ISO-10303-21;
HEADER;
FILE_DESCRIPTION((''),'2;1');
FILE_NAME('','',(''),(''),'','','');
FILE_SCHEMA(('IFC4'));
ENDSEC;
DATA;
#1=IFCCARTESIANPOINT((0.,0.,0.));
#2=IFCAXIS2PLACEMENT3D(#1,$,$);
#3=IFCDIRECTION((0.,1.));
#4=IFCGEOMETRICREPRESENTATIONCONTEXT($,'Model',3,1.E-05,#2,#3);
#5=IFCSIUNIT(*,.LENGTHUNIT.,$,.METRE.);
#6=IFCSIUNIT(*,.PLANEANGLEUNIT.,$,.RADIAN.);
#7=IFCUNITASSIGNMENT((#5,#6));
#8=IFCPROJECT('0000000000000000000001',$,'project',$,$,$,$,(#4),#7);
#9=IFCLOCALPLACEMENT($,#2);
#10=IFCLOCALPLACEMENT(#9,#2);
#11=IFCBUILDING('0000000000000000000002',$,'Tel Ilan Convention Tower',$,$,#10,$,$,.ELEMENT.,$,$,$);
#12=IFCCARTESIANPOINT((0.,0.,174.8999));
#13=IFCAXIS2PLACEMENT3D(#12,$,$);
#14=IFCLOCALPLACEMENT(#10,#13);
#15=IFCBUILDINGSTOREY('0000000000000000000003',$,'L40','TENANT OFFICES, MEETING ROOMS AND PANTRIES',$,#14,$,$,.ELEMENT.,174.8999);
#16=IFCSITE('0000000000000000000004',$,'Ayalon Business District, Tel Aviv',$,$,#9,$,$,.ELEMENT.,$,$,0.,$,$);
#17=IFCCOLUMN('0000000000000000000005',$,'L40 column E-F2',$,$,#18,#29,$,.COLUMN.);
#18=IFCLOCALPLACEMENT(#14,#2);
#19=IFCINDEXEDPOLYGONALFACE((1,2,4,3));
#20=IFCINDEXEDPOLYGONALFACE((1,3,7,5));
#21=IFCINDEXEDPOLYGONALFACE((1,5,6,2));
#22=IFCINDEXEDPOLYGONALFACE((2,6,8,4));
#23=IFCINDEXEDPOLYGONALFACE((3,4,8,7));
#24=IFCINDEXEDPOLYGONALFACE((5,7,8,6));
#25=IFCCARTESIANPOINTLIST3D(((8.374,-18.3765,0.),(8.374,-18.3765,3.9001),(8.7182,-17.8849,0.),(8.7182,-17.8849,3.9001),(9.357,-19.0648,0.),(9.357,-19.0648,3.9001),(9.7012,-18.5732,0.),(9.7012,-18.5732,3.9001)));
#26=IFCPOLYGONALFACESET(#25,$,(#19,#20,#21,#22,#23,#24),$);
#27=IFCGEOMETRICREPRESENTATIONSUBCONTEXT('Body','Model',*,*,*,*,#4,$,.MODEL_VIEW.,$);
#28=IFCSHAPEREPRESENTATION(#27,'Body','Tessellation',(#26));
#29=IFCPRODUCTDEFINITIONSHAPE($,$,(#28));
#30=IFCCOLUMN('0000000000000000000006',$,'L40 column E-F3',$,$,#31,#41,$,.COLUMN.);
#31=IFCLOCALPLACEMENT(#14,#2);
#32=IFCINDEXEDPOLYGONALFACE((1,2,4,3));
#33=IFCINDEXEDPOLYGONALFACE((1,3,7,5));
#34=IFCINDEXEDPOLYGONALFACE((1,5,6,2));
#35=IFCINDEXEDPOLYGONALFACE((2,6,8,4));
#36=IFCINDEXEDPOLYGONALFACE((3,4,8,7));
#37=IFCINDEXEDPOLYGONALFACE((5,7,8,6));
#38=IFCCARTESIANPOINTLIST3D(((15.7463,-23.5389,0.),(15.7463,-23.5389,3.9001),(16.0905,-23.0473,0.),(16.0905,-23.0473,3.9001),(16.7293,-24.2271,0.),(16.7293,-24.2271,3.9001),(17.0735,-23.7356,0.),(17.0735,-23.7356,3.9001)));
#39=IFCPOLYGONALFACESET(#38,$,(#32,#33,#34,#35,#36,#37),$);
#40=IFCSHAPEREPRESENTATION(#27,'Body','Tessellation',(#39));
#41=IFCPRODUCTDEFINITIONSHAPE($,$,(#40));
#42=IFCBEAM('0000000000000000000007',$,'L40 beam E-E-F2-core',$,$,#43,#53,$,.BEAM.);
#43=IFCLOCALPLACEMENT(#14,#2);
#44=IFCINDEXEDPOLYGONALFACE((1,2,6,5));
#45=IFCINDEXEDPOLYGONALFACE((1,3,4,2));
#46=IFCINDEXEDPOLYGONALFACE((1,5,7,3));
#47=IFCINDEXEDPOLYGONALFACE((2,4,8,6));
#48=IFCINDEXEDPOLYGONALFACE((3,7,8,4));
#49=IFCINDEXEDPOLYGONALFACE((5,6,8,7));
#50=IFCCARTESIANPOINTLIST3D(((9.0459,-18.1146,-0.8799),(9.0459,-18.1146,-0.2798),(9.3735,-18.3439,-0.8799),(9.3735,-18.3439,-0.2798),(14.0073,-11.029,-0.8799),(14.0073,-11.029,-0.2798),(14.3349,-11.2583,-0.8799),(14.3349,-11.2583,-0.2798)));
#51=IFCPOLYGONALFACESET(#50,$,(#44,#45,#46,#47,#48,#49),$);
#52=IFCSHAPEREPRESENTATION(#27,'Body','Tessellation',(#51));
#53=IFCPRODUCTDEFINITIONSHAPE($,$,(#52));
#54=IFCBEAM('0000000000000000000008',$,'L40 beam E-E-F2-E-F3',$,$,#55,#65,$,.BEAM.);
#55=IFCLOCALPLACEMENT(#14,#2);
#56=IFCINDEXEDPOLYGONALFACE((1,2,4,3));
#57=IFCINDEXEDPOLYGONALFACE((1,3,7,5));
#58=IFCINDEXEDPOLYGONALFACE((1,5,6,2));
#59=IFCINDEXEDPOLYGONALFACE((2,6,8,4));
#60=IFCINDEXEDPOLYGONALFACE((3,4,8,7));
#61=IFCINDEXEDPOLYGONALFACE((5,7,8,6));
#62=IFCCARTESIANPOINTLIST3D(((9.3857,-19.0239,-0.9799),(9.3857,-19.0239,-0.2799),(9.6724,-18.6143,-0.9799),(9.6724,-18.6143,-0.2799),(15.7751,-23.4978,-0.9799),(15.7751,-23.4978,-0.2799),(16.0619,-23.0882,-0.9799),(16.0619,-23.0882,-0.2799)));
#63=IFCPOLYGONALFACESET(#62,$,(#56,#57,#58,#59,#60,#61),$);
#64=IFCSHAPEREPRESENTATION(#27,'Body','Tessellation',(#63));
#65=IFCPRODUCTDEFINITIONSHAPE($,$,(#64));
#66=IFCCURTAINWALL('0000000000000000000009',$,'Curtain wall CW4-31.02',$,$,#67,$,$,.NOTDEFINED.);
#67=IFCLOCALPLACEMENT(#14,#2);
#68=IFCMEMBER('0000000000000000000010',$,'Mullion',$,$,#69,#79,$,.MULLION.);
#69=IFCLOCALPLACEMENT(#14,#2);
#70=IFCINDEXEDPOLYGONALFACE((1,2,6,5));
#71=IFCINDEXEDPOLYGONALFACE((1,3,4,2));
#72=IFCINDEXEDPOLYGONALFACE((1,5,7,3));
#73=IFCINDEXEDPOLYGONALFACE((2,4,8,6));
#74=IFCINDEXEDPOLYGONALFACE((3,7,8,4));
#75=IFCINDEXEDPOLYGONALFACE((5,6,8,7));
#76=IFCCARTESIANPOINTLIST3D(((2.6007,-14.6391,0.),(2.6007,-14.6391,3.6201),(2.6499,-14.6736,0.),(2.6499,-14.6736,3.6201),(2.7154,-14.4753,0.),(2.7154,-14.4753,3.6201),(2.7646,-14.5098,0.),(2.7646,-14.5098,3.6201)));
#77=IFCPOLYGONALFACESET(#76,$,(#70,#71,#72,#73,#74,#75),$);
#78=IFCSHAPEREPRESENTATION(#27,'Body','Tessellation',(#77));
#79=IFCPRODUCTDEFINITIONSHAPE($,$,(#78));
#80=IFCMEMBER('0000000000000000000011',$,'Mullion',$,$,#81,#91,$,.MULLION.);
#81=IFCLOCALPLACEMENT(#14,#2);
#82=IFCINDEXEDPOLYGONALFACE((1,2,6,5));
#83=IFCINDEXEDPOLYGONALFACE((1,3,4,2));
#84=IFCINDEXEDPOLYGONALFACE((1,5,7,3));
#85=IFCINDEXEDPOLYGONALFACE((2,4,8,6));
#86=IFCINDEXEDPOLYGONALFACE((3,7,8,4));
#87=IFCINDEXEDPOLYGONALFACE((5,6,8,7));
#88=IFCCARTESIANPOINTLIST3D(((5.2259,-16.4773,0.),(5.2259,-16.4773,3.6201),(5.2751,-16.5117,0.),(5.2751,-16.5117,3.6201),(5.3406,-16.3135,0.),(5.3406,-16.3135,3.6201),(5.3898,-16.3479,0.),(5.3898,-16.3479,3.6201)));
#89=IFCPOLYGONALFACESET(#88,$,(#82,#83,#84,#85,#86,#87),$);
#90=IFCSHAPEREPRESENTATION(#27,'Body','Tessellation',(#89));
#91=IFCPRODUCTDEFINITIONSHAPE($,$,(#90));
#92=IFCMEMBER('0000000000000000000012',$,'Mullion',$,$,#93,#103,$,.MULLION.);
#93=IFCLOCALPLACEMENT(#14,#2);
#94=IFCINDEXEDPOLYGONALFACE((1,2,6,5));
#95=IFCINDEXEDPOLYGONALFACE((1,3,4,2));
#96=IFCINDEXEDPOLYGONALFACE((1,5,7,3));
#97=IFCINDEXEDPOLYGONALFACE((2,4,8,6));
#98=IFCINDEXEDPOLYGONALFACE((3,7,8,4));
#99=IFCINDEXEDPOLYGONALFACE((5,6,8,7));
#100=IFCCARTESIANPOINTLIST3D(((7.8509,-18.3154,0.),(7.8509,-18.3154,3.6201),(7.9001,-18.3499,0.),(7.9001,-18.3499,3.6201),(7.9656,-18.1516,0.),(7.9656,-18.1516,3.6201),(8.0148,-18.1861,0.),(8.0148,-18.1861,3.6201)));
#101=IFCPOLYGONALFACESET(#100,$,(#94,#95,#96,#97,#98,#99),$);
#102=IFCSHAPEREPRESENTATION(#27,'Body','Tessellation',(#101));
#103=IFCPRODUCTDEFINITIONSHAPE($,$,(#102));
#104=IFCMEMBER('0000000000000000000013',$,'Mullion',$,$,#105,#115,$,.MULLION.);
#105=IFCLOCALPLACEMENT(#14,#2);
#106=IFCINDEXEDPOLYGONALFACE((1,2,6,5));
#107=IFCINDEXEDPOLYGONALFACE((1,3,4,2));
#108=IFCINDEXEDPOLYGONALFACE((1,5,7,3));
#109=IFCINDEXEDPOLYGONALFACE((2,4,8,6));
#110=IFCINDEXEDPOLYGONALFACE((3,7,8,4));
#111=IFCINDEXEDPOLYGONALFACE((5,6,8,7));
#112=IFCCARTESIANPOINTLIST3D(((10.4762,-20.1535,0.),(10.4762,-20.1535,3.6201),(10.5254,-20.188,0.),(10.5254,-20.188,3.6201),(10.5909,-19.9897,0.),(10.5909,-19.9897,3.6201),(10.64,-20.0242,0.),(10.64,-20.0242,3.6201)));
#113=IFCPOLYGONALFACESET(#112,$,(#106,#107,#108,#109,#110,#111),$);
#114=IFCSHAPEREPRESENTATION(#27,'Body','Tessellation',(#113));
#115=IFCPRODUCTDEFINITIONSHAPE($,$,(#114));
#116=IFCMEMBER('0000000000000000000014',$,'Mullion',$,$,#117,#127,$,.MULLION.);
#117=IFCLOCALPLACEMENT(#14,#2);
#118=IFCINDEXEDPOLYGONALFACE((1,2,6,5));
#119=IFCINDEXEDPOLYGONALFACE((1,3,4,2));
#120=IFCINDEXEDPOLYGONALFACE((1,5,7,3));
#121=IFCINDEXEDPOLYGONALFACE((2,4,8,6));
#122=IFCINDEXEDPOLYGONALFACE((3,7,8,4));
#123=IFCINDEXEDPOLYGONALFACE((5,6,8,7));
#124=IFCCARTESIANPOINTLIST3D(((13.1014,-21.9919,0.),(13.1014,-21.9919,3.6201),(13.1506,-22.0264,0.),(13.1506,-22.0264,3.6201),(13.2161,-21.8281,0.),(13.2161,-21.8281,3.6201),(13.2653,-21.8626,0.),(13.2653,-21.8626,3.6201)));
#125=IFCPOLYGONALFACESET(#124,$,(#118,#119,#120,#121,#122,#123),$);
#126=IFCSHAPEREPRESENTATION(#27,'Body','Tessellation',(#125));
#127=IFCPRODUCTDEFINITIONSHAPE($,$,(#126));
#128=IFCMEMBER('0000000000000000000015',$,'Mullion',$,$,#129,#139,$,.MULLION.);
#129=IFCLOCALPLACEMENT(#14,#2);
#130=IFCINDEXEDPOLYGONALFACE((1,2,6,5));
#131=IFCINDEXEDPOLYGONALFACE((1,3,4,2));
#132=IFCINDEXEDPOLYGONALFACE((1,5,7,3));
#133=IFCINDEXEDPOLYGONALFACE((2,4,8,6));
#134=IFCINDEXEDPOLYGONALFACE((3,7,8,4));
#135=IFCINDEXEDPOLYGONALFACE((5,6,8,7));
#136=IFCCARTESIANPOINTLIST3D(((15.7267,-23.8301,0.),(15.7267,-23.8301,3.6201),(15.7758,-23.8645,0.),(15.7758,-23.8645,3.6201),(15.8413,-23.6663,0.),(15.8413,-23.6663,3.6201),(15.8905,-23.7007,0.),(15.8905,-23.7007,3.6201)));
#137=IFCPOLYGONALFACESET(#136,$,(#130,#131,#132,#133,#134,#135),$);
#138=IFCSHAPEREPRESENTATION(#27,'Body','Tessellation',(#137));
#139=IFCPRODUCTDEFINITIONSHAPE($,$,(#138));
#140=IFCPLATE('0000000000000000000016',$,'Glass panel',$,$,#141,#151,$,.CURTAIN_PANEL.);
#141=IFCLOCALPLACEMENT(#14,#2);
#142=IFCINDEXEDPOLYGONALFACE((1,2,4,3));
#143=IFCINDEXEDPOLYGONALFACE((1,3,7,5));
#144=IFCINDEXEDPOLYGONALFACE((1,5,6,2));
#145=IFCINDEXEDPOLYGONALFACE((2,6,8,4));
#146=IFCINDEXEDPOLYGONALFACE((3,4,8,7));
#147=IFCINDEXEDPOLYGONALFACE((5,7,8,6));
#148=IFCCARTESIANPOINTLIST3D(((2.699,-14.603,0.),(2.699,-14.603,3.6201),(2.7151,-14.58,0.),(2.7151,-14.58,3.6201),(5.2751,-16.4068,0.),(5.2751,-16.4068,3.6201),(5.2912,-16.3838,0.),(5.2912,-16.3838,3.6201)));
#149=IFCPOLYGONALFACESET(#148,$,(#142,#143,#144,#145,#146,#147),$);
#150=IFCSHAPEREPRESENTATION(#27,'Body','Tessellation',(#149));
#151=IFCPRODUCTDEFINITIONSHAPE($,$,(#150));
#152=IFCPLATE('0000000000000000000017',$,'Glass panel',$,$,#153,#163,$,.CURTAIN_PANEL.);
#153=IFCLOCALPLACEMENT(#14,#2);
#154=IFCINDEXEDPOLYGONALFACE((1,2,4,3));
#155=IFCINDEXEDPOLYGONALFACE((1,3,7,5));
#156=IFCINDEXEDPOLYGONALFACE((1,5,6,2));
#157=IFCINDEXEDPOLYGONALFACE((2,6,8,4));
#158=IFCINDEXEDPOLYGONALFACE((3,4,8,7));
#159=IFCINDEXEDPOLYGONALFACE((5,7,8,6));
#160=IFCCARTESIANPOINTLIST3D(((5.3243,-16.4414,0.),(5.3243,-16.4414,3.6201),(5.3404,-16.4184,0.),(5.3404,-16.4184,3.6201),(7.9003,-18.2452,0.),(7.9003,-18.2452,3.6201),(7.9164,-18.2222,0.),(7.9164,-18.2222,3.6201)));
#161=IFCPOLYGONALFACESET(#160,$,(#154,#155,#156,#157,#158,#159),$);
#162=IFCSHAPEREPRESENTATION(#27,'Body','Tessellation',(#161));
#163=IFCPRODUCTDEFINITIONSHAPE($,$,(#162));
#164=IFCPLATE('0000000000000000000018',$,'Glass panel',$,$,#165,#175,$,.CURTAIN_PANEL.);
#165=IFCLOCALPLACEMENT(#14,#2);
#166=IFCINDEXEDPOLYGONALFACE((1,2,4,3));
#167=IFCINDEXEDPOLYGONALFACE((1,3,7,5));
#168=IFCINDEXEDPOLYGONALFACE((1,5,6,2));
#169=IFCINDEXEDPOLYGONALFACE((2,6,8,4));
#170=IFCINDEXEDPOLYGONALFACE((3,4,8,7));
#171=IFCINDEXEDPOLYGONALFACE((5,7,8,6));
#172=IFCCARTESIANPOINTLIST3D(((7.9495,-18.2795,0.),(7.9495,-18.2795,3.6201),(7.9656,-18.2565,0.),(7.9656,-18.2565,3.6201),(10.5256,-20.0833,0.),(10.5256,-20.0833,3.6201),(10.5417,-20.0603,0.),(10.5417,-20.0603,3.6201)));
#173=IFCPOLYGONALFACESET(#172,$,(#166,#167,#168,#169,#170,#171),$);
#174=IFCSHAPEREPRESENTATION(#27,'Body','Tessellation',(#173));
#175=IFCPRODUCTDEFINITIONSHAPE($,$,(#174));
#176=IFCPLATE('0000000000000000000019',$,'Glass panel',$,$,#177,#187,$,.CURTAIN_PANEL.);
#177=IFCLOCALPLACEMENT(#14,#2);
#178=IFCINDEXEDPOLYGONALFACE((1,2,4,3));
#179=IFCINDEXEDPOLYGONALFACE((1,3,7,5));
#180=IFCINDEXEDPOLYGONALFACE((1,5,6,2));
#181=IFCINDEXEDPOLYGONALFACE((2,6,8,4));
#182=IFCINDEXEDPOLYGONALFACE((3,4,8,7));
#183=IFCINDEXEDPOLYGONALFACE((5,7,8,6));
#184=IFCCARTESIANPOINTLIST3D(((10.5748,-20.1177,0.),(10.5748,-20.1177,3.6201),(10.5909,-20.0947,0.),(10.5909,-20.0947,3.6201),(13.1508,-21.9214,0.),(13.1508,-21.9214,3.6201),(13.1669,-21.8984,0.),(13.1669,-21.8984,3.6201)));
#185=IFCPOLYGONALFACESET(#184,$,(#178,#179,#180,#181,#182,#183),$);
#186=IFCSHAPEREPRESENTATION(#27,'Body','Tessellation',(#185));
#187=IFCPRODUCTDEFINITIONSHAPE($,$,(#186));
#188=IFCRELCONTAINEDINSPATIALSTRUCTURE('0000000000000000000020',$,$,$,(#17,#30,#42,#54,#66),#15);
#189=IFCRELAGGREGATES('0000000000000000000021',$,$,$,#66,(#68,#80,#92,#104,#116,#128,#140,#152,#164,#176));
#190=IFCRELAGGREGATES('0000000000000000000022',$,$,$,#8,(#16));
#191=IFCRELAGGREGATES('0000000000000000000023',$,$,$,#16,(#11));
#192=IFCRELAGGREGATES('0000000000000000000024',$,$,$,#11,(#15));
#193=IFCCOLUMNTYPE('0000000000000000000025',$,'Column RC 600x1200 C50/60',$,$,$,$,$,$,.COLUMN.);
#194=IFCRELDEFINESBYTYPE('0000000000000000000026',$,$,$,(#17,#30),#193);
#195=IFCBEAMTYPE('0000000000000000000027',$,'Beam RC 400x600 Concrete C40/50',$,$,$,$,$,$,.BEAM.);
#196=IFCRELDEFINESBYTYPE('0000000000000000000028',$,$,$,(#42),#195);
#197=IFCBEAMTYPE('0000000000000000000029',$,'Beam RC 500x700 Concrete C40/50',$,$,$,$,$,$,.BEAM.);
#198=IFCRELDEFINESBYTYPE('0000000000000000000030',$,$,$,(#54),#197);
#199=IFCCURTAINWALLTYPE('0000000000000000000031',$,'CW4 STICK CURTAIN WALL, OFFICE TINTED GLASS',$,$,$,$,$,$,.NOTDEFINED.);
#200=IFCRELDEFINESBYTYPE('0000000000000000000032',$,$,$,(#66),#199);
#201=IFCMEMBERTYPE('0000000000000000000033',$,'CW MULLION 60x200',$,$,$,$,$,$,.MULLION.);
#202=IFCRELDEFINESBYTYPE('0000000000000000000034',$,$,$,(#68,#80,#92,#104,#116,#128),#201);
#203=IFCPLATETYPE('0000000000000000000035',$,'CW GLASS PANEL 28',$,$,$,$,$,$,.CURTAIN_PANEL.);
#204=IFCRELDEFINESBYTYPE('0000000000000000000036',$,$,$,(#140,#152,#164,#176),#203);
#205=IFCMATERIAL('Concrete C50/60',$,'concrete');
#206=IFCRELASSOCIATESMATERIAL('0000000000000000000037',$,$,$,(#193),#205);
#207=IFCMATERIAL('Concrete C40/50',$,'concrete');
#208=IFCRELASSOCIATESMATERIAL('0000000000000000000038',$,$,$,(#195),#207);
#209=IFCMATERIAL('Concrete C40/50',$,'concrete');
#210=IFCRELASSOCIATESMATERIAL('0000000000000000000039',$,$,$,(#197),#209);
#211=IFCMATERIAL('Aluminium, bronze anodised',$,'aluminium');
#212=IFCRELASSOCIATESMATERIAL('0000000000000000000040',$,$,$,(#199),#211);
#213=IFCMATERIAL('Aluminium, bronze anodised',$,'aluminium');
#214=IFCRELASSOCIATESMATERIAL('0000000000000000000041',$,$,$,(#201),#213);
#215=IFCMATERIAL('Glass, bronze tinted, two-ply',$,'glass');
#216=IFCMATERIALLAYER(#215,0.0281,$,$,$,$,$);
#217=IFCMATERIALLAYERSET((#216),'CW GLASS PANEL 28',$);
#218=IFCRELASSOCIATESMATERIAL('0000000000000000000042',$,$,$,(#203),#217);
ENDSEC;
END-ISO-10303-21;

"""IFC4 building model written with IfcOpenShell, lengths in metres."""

from ifc_helpers import new_model, si_unit, direction, frame, origin, origin_2d, place, context, subcontext, project, spatial, rectangle, extrude, material, layer, layer_set, material_profile, profile_set, type_object, element, aggregate, save


model = new_model("IFC4")

# Units and contexts
model_context = context("Model", 3, precision=1e-05, world=origin(), true_north=direction((0.0, 1.0)))
body_context = subcontext(model_context, "Body", "Model", "MODEL_VIEW")
ifc_project = project(units=[si_unit("LENGTHUNIT", "METRE"), si_unit("PLANEANGLEUNIT", "RADIAN")], contexts=[model_context])

# Site, building, storey
site_placement = place(None, origin())
site = spatial("IfcSite", under=ifc_project, at=site_placement, Name="Ayalon Business District, Tel Aviv", CompositionType="ELEMENT", RefElevation=0.0)
building_placement = place(site_placement, origin())
building = spatial("IfcBuilding", under=site, at=building_placement, Name="Tel Ilan Convention Tower", CompositionType="ELEMENT")
storey_placement = place(building_placement, frame((0.0, 0.0, 174.8999)))
storey = spatial("IfcBuildingStorey", under=building, at=storey_placement, Name="L40", Description="TENANT OFFICES, MEETING ROOMS AND PANTRIES", CompositionType="ELEMENT", Elevation=174.8999)

# Columns
ifc_material_1 = material(Name="Concrete C50/60", Category="concrete")
ifc_material_profile_1 = material_profile(ifc_material_1, rectangle(XDim=1.2, YDim=0.6001, at=origin_2d()), Name="RC 600x1200")
ifc_profile_set_1 = profile_set([ifc_material_profile_1], Name="Concrete C50/60")
column_type = type_object("IfcColumnType", Name="Column RC 600x1200 C50/60", PredefinedType="COLUMN", material=ifc_profile_set_1)
for number, where, z_axis, x_axis, name in (
    (1, (9.0376, -18.4749, 0.0), (0.0, 0.0, 1.0), (0.819152, -0.573576, 0.0), "L40 column E-F2"),
    (2, (16.4099, -23.6372, 0.0), (0.0, 0.0, 1.0), (0.819152, -0.573576, 0.0), "L40 column E-F3"),
):
    element("IfcColumn", number, at=place(storey_placement, frame(where, z_axis=z_axis, x_axis=x_axis)), inside=storey, type_object=column_type, Name=name, PredefinedType="COLUMN", context=body_context, shape_type="SweptSolid", body=[
        extrude(rectangle(XDim=1.2, YDim=0.6001, at=origin_2d()), origin(), (0.0, 0.0, 1.0), 3.9001),
    ])

# Beams
ifc_material_2 = material(Name="Concrete C40/50", Category="concrete")
ifc_material_profile_2 = material_profile(ifc_material_2, rectangle(XDim=0.3999, YDim=0.6001, at=origin_2d()), Name="RC 400x600")
ifc_profile_set_2 = profile_set([ifc_material_profile_2], Name="Concrete C40/50")
beam_type_1 = type_object("IfcBeamType", Name="Beam RC 400x600 Concrete C40/50", PredefinedType="BEAM", material=ifc_profile_set_2)
beam_1_placement = place(storey_placement, frame((9.2097, -18.2292, -0.5798), z_axis=(0.573574, 0.819154, 0.0), x_axis=(-0.819154, 0.573574, 0.0)))
element("IfcBeam", 3, at=beam_1_placement, inside=storey, type_object=beam_type_1, Name="L40 beam E-E-F2-core", PredefinedType="BEAM", context=body_context, shape_type="SweptSolid", body=[
    extrude(rectangle(XDim=0.3999, YDim=0.6001, at=origin_2d()), origin(), (0.0, 0.0, 1.0), 8.6499),
])
ifc_material_3 = material(Name="Concrete C40/50", Category="concrete")
ifc_material_profile_3 = material_profile(ifc_material_3, rectangle(XDim=0.5, YDim=0.7, at=origin_2d()), Name="RC 500x700")
ifc_profile_set_3 = profile_set([ifc_material_profile_3], Name="Concrete C40/50")
beam_type_2 = type_object("IfcBeamType", Name="Beam RC 500x700 Concrete C40/50", PredefinedType="BEAM", material=ifc_profile_set_3)
beam_2_placement = place(storey_placement, frame((9.5291, -18.8191, -0.6299), z_axis=(0.819154, -0.573574, 0.0), x_axis=(0.573574, 0.819154, 0.0)))
element("IfcBeam", 4, at=beam_2_placement, inside=storey, type_object=beam_type_2, Name="L40 beam E-E-F2-E-F3", PredefinedType="BEAM", context=body_context, shape_type="SweptSolid", body=[
    extrude(rectangle(XDim=0.5, YDim=0.7, at=origin_2d()), origin(), (0.0, 0.0, 1.0), 7.8),
])

# Curtain wall, members, plates
ifc_material_4 = material(Name="Aluminium, bronze anodised", Category="aluminium")
curtain_wall_type = type_object("IfcCurtainWallType", Name="CW4 STICK CURTAIN WALL, OFFICE TINTED GLASS", PredefinedType="NOTDEFINED", material=ifc_material_4)
curtain_wall_placement = place(storey_placement, origin())
curtain_wall = element("IfcCurtainWall", 5, at=curtain_wall_placement, inside=storey, type_object=curtain_wall_type, Name="Curtain wall CW4-31.02", PredefinedType="NOTDEFINED")
ifc_material_5 = material(Name="Aluminium, bronze anodised", Category="aluminium")
ifc_material_profile_4 = material_profile(ifc_material_5, rectangle(XDim=0.0601, YDim=0.2, at=origin_2d()), Name="CW MULLION 60x200")
ifc_profile_set_4 = profile_set([ifc_material_profile_4], Name="Aluminium, bronze anodised")
member_type = type_object("IfcMemberType", Name="CW MULLION 60x200", PredefinedType="MULLION", material=ifc_profile_set_4)
member_1_placement = place(storey_placement, frame((2.6826, -14.5745, 0.0), z_axis=(0.0, 0.0, 1.0), x_axis=(0.819152, -0.573576, 0.0)))
member_1 = element("IfcMember", 6, at=member_1_placement, type_object=member_type, Name="Mullion", PredefinedType="MULLION", context=body_context, shape_type="SweptSolid", body=[
    extrude(rectangle(XDim=0.0601, YDim=0.2, at=origin_2d()), origin(), (0.0, 0.0, 1.0), 3.6201),
])
member_2_placement = place(storey_placement, frame((5.3079, -16.4126, 0.0), z_axis=(0.0, 0.0, 1.0), x_axis=(0.819152, -0.573576, 0.0)))
member_2 = element("IfcMember", 7, at=member_2_placement, type_object=member_type, Name="Mullion", PredefinedType="MULLION", context=body_context, shape_type="SweptSolid", body=[
    extrude(rectangle(XDim=0.0601, YDim=0.2, at=origin_2d()), origin(), (0.0, 0.0, 1.0), 3.6201),
])
member_3_placement = place(storey_placement, frame((7.9329, -18.2507, 0.0), z_axis=(0.0, 0.0, 1.0), x_axis=(0.819152, -0.573576, 0.0)))
member_3 = element("IfcMember", 8, at=member_3_placement, type_object=member_type, Name="Mullion", PredefinedType="MULLION", context=body_context, shape_type="SweptSolid", body=[
    extrude(rectangle(XDim=0.0601, YDim=0.2, at=origin_2d()), origin(), (0.0, 0.0, 1.0), 3.6201),
])
member_4_placement = place(storey_placement, frame((10.5581, -20.0889, 0.0), z_axis=(0.0, 0.0, 1.0), x_axis=(0.819152, -0.573576, 0.0)))
member_4 = element("IfcMember", 9, at=member_4_placement, type_object=member_type, Name="Mullion", PredefinedType="MULLION", context=body_context, shape_type="SweptSolid", body=[
    extrude(rectangle(XDim=0.0601, YDim=0.2, at=origin_2d()), origin(), (0.0, 0.0, 1.0), 3.6201),
])
member_5_placement = place(storey_placement, frame((13.1833, -21.9272, 0.0), z_axis=(0.0, 0.0, 1.0), x_axis=(0.819152, -0.573576, 0.0)))
member_5 = element("IfcMember", 10, at=member_5_placement, type_object=member_type, Name="Mullion", PredefinedType="MULLION", context=body_context, shape_type="SweptSolid", body=[
    extrude(rectangle(XDim=0.0601, YDim=0.2, at=origin_2d()), origin(), (0.0, 0.0, 1.0), 3.6201),
])
member_6_placement = place(storey_placement, frame((15.8086, -23.7654, 0.0), z_axis=(0.0, 0.0, 1.0), x_axis=(0.819152, -0.573576, 0.0)))
member_6 = element("IfcMember", 11, at=member_6_placement, type_object=member_type, Name="Mullion", PredefinedType="MULLION", context=body_context, shape_type="SweptSolid", body=[
    extrude(rectangle(XDim=0.0601, YDim=0.2, at=origin_2d()), origin(), (0.0, 0.0, 1.0), 3.6201),
])
ifc_material_6 = material(Name="Glass, bronze tinted, two-ply", Category="glass")
ifc_layer_1 = layer(ifc_material_6, 0.0281)
ifc_layer_set_1 = layer_set([ifc_layer_1], Name="CW GLASS PANEL 28")
plate_type = type_object("IfcPlateType", Name="CW GLASS PANEL 28", PredefinedType="CURTAIN_PANEL", material=ifc_layer_set_1)
plate_1_placement = place(storey_placement, frame((3.9951, -15.4934, 0.0), z_axis=(0.0, 0.0, 1.0), x_axis=(0.819152, -0.573576, 0.0)))
plate_1 = element("IfcPlate", 12, at=plate_1_placement, type_object=plate_type, Name="Glass panel", PredefinedType="CURTAIN_PANEL", context=body_context, shape_type="SweptSolid", body=[
    extrude(rectangle(XDim=3.1448, YDim=0.0281, at=origin_2d()), origin(), (0.0, 0.0, 1.0), 3.6201),
])
plate_2_placement = place(storey_placement, frame((6.6204, -17.3318, 0.0), z_axis=(0.0, 0.0, 1.0), x_axis=(0.819152, -0.573576, 0.0)))
plate_2 = element("IfcPlate", 13, at=plate_2_placement, type_object=plate_type, Name="Glass panel", PredefinedType="CURTAIN_PANEL", context=body_context, shape_type="SweptSolid", body=[
    extrude(rectangle(XDim=3.1448, YDim=0.0281, at=origin_2d()), origin(), (0.0, 0.0, 1.0), 3.6201),
])
plate_3_placement = place(storey_placement, frame((9.2456, -19.1699, 0.0), z_axis=(0.0, 0.0, 1.0), x_axis=(0.819152, -0.573576, 0.0)))
plate_3 = element("IfcPlate", 14, at=plate_3_placement, type_object=plate_type, Name="Glass panel", PredefinedType="CURTAIN_PANEL", context=body_context, shape_type="SweptSolid", body=[
    extrude(rectangle(XDim=3.1448, YDim=0.0281, at=origin_2d()), origin(), (0.0, 0.0, 1.0), 3.6201),
])
plate_4_placement = place(storey_placement, frame((11.8708, -21.0081, 0.0), z_axis=(0.0, 0.0, 1.0), x_axis=(0.819152, -0.573576, 0.0)))
plate_4 = element("IfcPlate", 15, at=plate_4_placement, type_object=plate_type, Name="Glass panel", PredefinedType="CURTAIN_PANEL", context=body_context, shape_type="SweptSolid", body=[
    extrude(rectangle(XDim=3.1448, YDim=0.0281, at=origin_2d()), origin(), (0.0, 0.0, 1.0), 3.6201),
])
aggregate(curtain_wall, [member_1, member_2, member_3, member_4, member_5, member_6, plate_1, plate_2, plate_3, plate_4])

save(model, "model.ifc")
